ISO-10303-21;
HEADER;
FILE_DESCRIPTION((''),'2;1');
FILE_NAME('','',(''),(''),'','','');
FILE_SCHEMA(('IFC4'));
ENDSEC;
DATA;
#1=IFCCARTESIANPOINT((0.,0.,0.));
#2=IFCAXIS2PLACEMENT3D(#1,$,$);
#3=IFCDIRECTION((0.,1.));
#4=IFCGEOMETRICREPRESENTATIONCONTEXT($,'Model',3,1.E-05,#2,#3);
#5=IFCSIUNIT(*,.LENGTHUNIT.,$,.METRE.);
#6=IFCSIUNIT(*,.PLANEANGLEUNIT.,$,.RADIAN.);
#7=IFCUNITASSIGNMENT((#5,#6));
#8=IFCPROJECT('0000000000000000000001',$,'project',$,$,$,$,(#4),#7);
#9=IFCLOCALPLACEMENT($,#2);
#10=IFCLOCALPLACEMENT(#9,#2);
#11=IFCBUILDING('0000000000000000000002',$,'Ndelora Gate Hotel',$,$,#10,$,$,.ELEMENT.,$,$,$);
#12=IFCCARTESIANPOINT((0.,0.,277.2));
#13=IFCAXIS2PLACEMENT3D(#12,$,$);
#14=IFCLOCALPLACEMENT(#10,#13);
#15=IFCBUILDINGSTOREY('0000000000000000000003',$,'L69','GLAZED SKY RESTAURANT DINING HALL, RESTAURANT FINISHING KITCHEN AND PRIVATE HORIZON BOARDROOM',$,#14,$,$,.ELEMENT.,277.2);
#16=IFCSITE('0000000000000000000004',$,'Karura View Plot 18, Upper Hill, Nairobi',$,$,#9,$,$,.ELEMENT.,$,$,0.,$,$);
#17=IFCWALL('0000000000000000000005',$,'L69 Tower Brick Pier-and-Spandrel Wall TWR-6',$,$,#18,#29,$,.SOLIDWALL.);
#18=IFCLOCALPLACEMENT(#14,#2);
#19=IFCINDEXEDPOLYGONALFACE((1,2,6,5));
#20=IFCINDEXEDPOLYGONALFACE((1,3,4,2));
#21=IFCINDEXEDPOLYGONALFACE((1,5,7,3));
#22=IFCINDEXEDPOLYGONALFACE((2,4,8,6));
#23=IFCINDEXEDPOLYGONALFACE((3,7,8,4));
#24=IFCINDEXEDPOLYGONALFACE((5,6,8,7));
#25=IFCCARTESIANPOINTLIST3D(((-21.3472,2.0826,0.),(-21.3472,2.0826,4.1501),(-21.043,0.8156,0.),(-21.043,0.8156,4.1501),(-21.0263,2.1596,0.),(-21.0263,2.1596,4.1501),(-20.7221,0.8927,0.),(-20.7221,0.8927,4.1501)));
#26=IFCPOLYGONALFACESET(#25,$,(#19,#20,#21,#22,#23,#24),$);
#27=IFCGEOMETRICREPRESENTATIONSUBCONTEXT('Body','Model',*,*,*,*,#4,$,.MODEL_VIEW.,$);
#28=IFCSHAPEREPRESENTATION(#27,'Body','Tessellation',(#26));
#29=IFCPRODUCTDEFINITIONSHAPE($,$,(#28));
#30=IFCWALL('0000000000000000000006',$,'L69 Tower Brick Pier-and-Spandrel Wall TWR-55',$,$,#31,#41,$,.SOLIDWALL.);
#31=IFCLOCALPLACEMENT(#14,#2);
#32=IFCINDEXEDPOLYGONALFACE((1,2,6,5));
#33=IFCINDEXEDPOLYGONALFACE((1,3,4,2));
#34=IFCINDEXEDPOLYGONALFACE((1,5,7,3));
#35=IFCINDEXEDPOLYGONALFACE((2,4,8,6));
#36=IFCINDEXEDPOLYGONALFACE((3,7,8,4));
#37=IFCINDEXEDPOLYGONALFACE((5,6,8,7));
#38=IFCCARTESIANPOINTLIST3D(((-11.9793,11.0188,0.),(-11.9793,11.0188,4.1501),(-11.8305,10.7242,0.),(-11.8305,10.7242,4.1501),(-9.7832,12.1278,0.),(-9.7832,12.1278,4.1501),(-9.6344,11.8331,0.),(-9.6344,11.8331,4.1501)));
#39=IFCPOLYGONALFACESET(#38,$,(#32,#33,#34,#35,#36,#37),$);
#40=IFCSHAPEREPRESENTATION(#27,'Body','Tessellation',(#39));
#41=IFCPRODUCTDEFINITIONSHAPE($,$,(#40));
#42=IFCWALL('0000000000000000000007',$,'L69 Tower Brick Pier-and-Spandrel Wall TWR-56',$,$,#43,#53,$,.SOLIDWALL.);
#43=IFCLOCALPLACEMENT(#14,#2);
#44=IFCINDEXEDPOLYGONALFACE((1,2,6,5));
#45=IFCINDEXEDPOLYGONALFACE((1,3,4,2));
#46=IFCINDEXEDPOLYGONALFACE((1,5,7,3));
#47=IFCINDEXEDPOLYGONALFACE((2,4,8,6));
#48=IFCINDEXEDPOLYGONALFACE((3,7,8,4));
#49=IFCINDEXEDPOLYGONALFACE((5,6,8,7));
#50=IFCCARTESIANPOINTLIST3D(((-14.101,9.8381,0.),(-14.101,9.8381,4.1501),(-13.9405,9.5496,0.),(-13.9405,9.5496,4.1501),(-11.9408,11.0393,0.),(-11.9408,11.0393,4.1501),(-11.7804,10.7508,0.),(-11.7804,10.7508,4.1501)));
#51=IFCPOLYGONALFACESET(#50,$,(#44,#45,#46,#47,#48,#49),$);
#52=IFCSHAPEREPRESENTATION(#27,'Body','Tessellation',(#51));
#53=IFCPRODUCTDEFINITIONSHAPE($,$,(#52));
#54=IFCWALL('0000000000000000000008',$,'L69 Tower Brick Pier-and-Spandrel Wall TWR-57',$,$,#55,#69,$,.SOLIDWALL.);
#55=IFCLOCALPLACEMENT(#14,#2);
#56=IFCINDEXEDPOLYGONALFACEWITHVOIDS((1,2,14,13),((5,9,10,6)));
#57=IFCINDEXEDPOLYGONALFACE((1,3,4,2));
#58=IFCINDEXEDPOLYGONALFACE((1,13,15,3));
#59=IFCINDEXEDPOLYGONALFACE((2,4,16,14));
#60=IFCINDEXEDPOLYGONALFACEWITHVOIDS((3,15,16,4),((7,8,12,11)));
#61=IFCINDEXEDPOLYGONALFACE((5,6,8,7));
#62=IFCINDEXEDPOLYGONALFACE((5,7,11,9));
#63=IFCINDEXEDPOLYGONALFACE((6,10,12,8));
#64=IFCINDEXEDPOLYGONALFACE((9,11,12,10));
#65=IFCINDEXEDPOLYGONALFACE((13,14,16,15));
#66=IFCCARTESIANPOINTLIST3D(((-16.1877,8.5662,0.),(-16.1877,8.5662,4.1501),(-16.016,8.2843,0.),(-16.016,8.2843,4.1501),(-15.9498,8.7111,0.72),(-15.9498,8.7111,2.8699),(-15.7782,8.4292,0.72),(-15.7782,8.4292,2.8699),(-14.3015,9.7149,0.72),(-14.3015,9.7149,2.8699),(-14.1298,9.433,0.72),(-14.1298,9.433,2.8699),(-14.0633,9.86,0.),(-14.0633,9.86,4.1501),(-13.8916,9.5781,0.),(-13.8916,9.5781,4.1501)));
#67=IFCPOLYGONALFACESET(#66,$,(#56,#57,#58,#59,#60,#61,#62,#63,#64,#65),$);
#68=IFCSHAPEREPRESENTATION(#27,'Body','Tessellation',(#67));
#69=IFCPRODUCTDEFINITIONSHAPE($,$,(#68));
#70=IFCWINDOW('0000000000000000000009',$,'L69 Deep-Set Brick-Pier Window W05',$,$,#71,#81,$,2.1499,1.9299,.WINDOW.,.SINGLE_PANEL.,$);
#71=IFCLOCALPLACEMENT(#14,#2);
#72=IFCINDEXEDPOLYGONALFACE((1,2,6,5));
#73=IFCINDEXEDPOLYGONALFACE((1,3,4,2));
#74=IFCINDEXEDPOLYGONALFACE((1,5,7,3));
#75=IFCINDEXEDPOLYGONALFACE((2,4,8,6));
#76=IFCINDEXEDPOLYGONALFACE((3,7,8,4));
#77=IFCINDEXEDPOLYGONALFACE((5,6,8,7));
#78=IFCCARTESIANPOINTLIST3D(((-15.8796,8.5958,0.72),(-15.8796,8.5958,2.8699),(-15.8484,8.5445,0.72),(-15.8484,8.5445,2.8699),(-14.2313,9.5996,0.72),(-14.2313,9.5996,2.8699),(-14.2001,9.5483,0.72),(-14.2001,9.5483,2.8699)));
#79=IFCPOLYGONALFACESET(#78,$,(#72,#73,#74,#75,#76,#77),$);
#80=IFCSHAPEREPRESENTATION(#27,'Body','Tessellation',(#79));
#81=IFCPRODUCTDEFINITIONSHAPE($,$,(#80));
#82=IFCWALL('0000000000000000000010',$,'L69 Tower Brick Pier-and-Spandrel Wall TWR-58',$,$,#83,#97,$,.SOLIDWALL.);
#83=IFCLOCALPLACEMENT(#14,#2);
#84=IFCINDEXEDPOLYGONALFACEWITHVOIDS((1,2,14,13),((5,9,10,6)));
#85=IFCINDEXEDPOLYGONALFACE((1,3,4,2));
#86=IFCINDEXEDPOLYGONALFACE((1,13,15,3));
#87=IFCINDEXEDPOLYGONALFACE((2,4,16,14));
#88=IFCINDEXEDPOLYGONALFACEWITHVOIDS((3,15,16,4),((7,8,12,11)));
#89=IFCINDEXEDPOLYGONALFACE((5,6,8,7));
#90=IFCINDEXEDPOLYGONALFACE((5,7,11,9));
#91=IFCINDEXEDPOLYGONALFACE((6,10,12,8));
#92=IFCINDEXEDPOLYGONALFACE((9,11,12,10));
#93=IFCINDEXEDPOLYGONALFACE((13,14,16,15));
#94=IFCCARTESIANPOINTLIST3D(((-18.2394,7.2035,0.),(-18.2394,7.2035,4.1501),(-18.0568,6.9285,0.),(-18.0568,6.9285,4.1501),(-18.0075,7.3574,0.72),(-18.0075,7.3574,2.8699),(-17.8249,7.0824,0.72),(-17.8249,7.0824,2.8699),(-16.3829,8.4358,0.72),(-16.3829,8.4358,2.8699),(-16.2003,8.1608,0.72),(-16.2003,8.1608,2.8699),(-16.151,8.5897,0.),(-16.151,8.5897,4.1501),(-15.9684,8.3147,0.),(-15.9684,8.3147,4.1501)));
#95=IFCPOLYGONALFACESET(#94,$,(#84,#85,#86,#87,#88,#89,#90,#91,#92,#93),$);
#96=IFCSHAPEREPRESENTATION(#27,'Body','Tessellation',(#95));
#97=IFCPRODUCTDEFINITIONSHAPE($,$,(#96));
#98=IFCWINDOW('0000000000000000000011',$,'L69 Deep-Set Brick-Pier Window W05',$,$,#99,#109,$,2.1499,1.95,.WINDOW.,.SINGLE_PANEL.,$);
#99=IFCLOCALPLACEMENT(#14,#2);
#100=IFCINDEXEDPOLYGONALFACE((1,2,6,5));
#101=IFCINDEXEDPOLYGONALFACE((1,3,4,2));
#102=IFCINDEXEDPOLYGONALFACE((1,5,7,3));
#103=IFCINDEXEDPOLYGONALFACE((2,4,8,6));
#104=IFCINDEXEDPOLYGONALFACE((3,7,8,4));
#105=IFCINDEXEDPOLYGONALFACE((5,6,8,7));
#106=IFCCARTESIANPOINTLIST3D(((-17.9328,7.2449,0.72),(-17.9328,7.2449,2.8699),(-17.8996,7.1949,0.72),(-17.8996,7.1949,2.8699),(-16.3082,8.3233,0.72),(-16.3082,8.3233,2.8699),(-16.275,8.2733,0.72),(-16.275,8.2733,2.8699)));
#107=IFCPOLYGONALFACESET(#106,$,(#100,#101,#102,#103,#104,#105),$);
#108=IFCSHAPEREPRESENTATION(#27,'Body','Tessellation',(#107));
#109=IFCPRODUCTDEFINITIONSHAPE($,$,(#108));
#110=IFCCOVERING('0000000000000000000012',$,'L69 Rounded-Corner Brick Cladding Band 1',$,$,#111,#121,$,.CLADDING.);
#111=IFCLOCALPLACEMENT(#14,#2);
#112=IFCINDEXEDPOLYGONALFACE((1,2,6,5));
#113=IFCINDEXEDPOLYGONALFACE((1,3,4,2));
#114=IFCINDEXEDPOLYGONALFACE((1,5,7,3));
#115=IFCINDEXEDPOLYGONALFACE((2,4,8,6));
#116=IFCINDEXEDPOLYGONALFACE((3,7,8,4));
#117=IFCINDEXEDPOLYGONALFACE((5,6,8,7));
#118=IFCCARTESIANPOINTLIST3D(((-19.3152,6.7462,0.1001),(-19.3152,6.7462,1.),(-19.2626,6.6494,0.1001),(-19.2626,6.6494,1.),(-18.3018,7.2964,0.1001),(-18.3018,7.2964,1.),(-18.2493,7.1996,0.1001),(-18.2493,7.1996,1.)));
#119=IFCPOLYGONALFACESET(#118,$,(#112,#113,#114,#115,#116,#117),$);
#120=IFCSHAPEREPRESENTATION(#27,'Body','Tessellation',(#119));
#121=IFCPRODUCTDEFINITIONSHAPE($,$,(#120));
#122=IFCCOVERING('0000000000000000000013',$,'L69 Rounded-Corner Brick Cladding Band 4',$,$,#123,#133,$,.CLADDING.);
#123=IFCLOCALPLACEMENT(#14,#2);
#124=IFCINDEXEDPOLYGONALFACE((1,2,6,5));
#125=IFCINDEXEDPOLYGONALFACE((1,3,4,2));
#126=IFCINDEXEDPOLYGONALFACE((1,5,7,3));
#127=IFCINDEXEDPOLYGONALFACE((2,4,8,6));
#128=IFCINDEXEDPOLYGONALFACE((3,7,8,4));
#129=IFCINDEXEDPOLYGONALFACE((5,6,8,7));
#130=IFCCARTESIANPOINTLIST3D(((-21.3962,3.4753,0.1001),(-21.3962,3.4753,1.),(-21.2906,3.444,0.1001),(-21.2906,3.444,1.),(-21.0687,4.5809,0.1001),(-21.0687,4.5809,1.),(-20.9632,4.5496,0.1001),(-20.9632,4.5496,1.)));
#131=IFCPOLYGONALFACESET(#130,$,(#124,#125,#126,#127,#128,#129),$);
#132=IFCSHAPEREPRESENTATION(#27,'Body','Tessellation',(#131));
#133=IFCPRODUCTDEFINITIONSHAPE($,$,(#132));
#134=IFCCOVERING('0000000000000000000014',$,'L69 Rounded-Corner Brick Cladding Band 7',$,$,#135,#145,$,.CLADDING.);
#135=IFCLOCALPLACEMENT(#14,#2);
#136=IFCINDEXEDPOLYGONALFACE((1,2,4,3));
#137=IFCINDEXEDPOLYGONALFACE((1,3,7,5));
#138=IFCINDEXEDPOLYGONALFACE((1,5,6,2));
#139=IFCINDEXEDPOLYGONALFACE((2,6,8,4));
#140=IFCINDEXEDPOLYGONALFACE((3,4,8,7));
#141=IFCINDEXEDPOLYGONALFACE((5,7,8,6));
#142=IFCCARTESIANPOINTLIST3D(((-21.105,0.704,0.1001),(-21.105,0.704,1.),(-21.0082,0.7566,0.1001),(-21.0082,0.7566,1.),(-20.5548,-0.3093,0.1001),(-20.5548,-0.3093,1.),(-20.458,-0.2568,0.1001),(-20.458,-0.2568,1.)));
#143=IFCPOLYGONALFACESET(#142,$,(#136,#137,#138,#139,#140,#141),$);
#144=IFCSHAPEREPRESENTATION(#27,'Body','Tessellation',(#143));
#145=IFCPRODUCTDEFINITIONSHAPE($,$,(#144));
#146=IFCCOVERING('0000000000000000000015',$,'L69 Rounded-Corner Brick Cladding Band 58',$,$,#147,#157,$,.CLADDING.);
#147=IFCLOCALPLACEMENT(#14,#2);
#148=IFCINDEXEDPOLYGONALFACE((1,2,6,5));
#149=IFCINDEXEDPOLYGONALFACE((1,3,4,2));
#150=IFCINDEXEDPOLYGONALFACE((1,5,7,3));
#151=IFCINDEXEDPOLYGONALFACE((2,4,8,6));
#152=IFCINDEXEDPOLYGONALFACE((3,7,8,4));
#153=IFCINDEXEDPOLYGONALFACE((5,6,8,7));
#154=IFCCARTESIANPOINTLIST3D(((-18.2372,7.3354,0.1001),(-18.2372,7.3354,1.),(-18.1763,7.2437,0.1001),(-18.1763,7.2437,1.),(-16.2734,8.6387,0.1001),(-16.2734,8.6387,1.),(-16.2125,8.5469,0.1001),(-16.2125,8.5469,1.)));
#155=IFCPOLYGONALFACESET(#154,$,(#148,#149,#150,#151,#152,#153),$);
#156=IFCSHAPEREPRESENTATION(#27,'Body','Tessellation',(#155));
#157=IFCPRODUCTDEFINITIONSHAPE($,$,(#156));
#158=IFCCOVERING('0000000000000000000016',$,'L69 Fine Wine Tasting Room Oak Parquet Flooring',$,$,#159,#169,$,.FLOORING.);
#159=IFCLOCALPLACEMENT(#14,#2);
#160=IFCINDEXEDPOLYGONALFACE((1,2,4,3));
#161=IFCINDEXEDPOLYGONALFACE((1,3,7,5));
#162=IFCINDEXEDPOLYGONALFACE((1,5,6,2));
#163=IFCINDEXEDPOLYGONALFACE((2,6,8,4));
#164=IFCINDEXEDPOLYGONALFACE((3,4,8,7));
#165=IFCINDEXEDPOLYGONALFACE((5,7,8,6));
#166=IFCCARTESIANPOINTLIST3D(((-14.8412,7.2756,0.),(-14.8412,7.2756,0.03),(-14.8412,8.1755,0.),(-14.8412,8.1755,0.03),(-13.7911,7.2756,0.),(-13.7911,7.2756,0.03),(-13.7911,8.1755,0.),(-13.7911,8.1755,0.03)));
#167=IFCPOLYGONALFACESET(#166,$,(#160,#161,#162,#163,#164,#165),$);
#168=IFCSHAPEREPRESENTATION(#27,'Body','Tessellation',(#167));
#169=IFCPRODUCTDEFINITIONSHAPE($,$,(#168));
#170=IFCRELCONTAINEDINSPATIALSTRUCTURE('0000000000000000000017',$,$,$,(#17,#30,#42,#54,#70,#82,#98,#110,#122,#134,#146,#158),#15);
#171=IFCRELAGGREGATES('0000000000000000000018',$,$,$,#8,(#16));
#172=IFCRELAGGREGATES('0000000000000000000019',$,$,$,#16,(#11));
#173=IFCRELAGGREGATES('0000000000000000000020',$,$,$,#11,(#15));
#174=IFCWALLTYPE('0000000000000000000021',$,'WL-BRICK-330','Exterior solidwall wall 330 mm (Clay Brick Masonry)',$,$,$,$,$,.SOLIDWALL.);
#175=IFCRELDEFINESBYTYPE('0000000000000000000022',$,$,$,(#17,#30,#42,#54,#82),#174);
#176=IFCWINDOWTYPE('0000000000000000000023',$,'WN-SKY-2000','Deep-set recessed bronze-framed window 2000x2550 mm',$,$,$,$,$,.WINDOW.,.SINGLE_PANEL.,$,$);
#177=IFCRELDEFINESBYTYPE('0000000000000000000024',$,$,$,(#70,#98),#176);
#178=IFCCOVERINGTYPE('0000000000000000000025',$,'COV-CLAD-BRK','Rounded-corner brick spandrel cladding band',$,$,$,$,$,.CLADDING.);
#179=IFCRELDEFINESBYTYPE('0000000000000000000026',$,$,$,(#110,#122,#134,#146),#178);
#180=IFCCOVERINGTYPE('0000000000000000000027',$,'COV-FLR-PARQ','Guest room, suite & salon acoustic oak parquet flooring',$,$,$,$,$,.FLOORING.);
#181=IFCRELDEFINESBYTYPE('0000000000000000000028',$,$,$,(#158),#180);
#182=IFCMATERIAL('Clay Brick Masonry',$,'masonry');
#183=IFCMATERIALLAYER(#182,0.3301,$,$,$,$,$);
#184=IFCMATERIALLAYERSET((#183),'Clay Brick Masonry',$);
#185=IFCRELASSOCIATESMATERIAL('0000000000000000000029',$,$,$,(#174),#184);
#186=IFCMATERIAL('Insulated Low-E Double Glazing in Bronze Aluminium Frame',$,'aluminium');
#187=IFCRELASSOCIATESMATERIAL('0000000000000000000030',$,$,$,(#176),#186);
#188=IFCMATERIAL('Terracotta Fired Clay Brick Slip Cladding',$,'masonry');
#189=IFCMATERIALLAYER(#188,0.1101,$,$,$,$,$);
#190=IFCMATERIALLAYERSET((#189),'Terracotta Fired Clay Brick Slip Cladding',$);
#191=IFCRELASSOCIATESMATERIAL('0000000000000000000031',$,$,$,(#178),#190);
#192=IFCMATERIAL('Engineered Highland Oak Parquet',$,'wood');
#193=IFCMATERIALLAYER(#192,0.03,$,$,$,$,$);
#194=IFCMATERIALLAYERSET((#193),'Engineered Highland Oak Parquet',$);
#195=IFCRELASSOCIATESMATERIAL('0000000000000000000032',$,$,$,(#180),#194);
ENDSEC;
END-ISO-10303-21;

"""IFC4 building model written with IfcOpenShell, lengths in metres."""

from ifc_helpers import new_model, si_unit, direction, frame, frame_2d, origin, origin_2d, place, context, subcontext, project, spatial, rectangle, extrude, material, layer, layer_set, type_object, element, fill, save


model = new_model("IFC4")

# Units and contexts
model_context = context("Model", 3, precision=1e-05, world=origin(), true_north=direction((0.0, 1.0)))
body_context = subcontext(model_context, "Body", "Model", "MODEL_VIEW")
ifc_project = project(units=[si_unit("LENGTHUNIT", "METRE"), si_unit("PLANEANGLEUNIT", "RADIAN")], contexts=[model_context])

# Site, building, storey
site_placement = place(None, origin())
site = spatial("IfcSite", under=ifc_project, at=site_placement, Name="Karura View Plot 18, Upper Hill, Nairobi", CompositionType="ELEMENT", RefElevation=0.0)
building_placement = place(site_placement, origin())
building = spatial("IfcBuilding", under=site, at=building_placement, Name="Ndelora Gate Hotel", CompositionType="ELEMENT")
storey_placement = place(building_placement, frame((0.0, 0.0, 277.2)))
storey = spatial("IfcBuildingStorey", under=building, at=storey_placement, Name="L69", Description="GLAZED SKY RESTAURANT DINING HALL, RESTAURANT FINISHING KITCHEN AND PRIVATE HORIZON BOARDROOM", CompositionType="ELEMENT", Elevation=277.2)

# Walls
ifc_material_1 = material(Name="Clay Brick Masonry", Category="masonry")
ifc_layer_1 = layer(ifc_material_1, 0.3301)
ifc_layer_set_1 = layer_set([ifc_layer_1], Name="Clay Brick Masonry")
wall_type = type_object("IfcWallType", Name="WL-BRICK-330", Description="Exterior solidwall wall 330 mm (Clay Brick Masonry)", PredefinedType="SOLIDWALL", material=ifc_layer_set_1)
for number, where, z_axis, x_axis, name in (
    (1, (-20.8826, 0.8542, 0.0), (0.0, 0.0, 1.0), (-0.233486, 0.97236, 0.0), "L69 Tower Brick Pier-and-Spandrel Wall TWR-6"),
):
    element("IfcWall", number, at=place(storey_placement, frame(where, z_axis=z_axis, x_axis=x_axis)), inside=storey, type_object=wall_type, Name=name, PredefinedType="SOLIDWALL", context=body_context, shape_type="SweptSolid", body=[
        extrude(rectangle(XDim=1.303, YDim=0.3301, at=frame_2d((0.6514, 0.0))), origin(), (0.0, 0.0, 1.0), 4.1501),
    ])
wall_1_placement = place(storey_placement, frame((-11.9048, 10.8716, 0.0), z_axis=(0.0, 0.0, 1.0), x_axis=(0.892654, 0.450743, 0.0)))
element("IfcWall", 2, at=wall_1_placement, inside=storey, type_object=wall_type, Name="L69 Tower Brick Pier-and-Spandrel Wall TWR-55", PredefinedType="SOLIDWALL", context=body_context, shape_type="SweptSolid", body=[
    extrude(rectangle(XDim=2.4602, YDim=0.3301, at=frame_2d((1.23, 0.0))), origin(), (0.0, 0.0, 1.0), 4.1501),
])
wall_2_placement = place(storey_placement, frame((-14.0208, 9.6938, 0.0), z_axis=(0.0, 0.0, 1.0), x_axis=(0.873971, 0.485978, 0.0)))
element("IfcWall", 3, at=wall_2_placement, inside=storey, type_object=wall_type, Name="L69 Tower Brick Pier-and-Spandrel Wall TWR-56", PredefinedType="SOLIDWALL", context=body_context, shape_type="SweptSolid", body=[
    extrude(rectangle(XDim=2.4717, YDim=0.3301, at=frame_2d((1.2358, 0.0))), origin(), (0.0, 0.0, 1.0), 4.1501),
])

# Walls, openings, windows
wall_3_placement = place(storey_placement, frame((-16.1018, 8.4253, 0.0), z_axis=(0.0, 0.0, 1.0), x_axis=(0.854079, 0.520143, 0.0)))
wall_3 = element("IfcWall", 4, at=wall_3_placement, inside=storey, type_object=wall_type, Name="L69 Tower Brick Pier-and-Spandrel Wall TWR-57", PredefinedType="SOLIDWALL", context=body_context, shape_type="SweptSolid", body=[
    extrude(rectangle(XDim=2.4873, YDim=0.3301, at=frame_2d((1.2437, 0.0))), origin(), (0.0, 0.0, 1.0), 4.1501),
])
opening_1_placement = place(wall_3_placement, frame((0.2786, 0.0, 0.72)))
opening_1 = element("IfcOpeningElement", 5, at=opening_1_placement, cuts=wall_3, PredefinedType="OPENING", context=body_context, shape_type="SweptSolid", body=[
    extrude(rectangle(XDim=1.9299, YDim=2.1499, at=frame_2d((0.9648, 1.075))), frame((0.0, 0.175, 0.0), z_axis=(0.0, -1.0, 0.0), x_axis=(1.0, 0.0, 0.0)), (0.0, 0.0, 1.0), 0.3501),
])
ifc_material_2 = material(Name="Insulated Low-E Double Glazing in Bronze Aluminium Frame", Category="aluminium")
window_type = type_object("IfcWindowType", Name="WN-SKY-2000", Description="Deep-set recessed bronze-framed window 2000x2550 mm", PartitioningType="SINGLE_PANEL", PredefinedType="WINDOW", material=ifc_material_2)
window_1_placement = place(opening_1_placement, origin())
window_1 = element("IfcWindow", 6, at=window_1_placement, inside=storey, type_object=window_type, Name="L69 Deep-Set Brick-Pier Window W05", OverallHeight=2.1499, OverallWidth=1.9299, PartitioningType="SINGLE_PANEL", PredefinedType="WINDOW", context=body_context, shape_type="SweptSolid", body=[
    extrude(rectangle(XDim=1.9299, YDim=2.1499, at=frame_2d((0.9648, 1.075))), frame((0.0, 0.03, 0.0), z_axis=(0.0, -1.0, 0.0), x_axis=(1.0, 0.0, 0.0)), (0.0, 0.0, 1.0), 0.0601),
])
fill(opening_1, window_1)
wall_4_placement = place(storey_placement, frame((-18.1482, 7.0659, 0.0), z_axis=(0.0, 0.0, 1.0), x_axis=(0.833157, 0.553036, 0.0)))
wall_4 = element("IfcWall", 7, at=wall_4_placement, inside=storey, type_object=wall_type, Name="L69 Tower Brick Pier-and-Spandrel Wall TWR-58", PredefinedType="SOLIDWALL", context=body_context, shape_type="SweptSolid", body=[
    extrude(rectangle(XDim=2.5066, YDim=0.3301, at=frame_2d((1.2534, 0.0))), origin(), (0.0, 0.0, 1.0), 4.1501),
])
opening_2_placement = place(wall_4_placement, frame((0.2783, 0.0, 0.72)))
opening_2 = element("IfcOpeningElement", 8, at=opening_2_placement, cuts=wall_4, PredefinedType="OPENING", context=body_context, shape_type="SweptSolid", body=[
    extrude(rectangle(XDim=1.95, YDim=2.1499, at=frame_2d((0.9751, 1.075))), frame((0.0, 0.175, 0.0), z_axis=(0.0, -1.0, 0.0), x_axis=(1.0, 0.0, 0.0)), (0.0, 0.0, 1.0), 0.3501),
])
window_2_placement = place(opening_2_placement, origin())
window_2 = element("IfcWindow", 9, at=window_2_placement, inside=storey, type_object=window_type, Name="L69 Deep-Set Brick-Pier Window W05", OverallHeight=2.1499, OverallWidth=1.95, PartitioningType="SINGLE_PANEL", PredefinedType="WINDOW", context=body_context, shape_type="SweptSolid", body=[
    extrude(rectangle(XDim=1.95, YDim=2.1499, at=frame_2d((0.9751, 1.075))), frame((0.0, 0.03, 0.0), z_axis=(0.0, -1.0, 0.0), x_axis=(1.0, 0.0, 0.0)), (0.0, 0.0, 1.0), 0.0601),
])
fill(opening_2, window_2)

# Coverings
ifc_material_3 = material(Name="Terracotta Fired Clay Brick Slip Cladding", Category="masonry")
ifc_layer_2 = layer(ifc_material_3, 0.1101)
ifc_layer_set_2 = layer_set([ifc_layer_2], Name="Terracotta Fired Clay Brick Slip Cladding")
covering_type_1 = type_object("IfcCoveringType", Name="COV-CLAD-BRK", Description="Rounded-corner brick spandrel cladding band", PredefinedType="CLADDING", material=ifc_layer_set_2)
for number, where, z_axis, x_axis, name in (
    (10, (-18.7822, 6.9729, 0.1001), (0.0, 0.0, 1.0), (0.878817, 0.477159, 0.0), "L69 Rounded-Corner Brick Cladding Band 1"),
    (11, (-21.1797, 4.0125, 0.1001), (0.0, 0.0, 1.0), (0.284015, 0.95882, 0.0), "L69 Rounded-Corner Brick Cladding Band 4"),
    (12, (-20.7815, 0.2236, 0.1001), (0.0, 0.0, 1.0), (-0.477159, 0.878817, 0.0), "L69 Rounded-Corner Brick Cladding Band 7"),
):
    element("IfcCovering", number, at=place(storey_placement, frame(where, z_axis=z_axis, x_axis=x_axis)), inside=storey, type_object=covering_type_1, Name=name, PredefinedType="CLADDING", context=body_context, shape_type="SweptSolid", body=[
        extrude(rectangle(XDim=1.1531, YDim=0.1101, at=origin_2d()), origin(), (0.0, 0.0, 1.0), 0.8999),
    ])
covering_1_placement = place(storey_placement, frame((-17.2249, 7.9412, 0.1001), z_axis=(0.0, 0.0, 1.0), x_axis=(0.833211, 0.552955, 0.0)))
element("IfcCovering", 13, at=covering_1_placement, inside=storey, type_object=covering_type_1, Name="L69 Rounded-Corner Brick Cladding Band 58", PredefinedType="CLADDING", context=body_context, shape_type="SweptSolid", body=[
    extrude(rectangle(XDim=2.3569, YDim=0.1101, at=origin_2d()), origin(), (0.0, 0.0, 1.0), 0.8999),
])
ifc_material_4 = material(Name="Engineered Highland Oak Parquet", Category="wood")
ifc_layer_3 = layer(ifc_material_4, 0.03)
ifc_layer_set_3 = layer_set([ifc_layer_3], Name="Engineered Highland Oak Parquet")
covering_type_2 = type_object("IfcCoveringType", Name="COV-FLR-PARQ", Description="Guest room, suite & salon acoustic oak parquet flooring", PredefinedType="FLOORING", material=ifc_layer_set_3)
covering_2_placement = place(storey_placement, frame((-14.3162, 7.7256, 0.0), z_axis=(0.0, 0.0, 1.0), x_axis=(1.0, 0.0, 0.0)))
element("IfcCovering", 14, at=covering_2_placement, inside=storey, type_object=covering_type_2, Name="L69 Fine Wine Tasting Room Oak Parquet Flooring", PredefinedType="FLOORING", context=body_context, shape_type="SweptSolid", body=[
    extrude(rectangle(XDim=1.05, YDim=0.8999, at=origin_2d()), origin(), (0.0, 0.0, 1.0), 0.03),
])

save(model, "model.ifc")
